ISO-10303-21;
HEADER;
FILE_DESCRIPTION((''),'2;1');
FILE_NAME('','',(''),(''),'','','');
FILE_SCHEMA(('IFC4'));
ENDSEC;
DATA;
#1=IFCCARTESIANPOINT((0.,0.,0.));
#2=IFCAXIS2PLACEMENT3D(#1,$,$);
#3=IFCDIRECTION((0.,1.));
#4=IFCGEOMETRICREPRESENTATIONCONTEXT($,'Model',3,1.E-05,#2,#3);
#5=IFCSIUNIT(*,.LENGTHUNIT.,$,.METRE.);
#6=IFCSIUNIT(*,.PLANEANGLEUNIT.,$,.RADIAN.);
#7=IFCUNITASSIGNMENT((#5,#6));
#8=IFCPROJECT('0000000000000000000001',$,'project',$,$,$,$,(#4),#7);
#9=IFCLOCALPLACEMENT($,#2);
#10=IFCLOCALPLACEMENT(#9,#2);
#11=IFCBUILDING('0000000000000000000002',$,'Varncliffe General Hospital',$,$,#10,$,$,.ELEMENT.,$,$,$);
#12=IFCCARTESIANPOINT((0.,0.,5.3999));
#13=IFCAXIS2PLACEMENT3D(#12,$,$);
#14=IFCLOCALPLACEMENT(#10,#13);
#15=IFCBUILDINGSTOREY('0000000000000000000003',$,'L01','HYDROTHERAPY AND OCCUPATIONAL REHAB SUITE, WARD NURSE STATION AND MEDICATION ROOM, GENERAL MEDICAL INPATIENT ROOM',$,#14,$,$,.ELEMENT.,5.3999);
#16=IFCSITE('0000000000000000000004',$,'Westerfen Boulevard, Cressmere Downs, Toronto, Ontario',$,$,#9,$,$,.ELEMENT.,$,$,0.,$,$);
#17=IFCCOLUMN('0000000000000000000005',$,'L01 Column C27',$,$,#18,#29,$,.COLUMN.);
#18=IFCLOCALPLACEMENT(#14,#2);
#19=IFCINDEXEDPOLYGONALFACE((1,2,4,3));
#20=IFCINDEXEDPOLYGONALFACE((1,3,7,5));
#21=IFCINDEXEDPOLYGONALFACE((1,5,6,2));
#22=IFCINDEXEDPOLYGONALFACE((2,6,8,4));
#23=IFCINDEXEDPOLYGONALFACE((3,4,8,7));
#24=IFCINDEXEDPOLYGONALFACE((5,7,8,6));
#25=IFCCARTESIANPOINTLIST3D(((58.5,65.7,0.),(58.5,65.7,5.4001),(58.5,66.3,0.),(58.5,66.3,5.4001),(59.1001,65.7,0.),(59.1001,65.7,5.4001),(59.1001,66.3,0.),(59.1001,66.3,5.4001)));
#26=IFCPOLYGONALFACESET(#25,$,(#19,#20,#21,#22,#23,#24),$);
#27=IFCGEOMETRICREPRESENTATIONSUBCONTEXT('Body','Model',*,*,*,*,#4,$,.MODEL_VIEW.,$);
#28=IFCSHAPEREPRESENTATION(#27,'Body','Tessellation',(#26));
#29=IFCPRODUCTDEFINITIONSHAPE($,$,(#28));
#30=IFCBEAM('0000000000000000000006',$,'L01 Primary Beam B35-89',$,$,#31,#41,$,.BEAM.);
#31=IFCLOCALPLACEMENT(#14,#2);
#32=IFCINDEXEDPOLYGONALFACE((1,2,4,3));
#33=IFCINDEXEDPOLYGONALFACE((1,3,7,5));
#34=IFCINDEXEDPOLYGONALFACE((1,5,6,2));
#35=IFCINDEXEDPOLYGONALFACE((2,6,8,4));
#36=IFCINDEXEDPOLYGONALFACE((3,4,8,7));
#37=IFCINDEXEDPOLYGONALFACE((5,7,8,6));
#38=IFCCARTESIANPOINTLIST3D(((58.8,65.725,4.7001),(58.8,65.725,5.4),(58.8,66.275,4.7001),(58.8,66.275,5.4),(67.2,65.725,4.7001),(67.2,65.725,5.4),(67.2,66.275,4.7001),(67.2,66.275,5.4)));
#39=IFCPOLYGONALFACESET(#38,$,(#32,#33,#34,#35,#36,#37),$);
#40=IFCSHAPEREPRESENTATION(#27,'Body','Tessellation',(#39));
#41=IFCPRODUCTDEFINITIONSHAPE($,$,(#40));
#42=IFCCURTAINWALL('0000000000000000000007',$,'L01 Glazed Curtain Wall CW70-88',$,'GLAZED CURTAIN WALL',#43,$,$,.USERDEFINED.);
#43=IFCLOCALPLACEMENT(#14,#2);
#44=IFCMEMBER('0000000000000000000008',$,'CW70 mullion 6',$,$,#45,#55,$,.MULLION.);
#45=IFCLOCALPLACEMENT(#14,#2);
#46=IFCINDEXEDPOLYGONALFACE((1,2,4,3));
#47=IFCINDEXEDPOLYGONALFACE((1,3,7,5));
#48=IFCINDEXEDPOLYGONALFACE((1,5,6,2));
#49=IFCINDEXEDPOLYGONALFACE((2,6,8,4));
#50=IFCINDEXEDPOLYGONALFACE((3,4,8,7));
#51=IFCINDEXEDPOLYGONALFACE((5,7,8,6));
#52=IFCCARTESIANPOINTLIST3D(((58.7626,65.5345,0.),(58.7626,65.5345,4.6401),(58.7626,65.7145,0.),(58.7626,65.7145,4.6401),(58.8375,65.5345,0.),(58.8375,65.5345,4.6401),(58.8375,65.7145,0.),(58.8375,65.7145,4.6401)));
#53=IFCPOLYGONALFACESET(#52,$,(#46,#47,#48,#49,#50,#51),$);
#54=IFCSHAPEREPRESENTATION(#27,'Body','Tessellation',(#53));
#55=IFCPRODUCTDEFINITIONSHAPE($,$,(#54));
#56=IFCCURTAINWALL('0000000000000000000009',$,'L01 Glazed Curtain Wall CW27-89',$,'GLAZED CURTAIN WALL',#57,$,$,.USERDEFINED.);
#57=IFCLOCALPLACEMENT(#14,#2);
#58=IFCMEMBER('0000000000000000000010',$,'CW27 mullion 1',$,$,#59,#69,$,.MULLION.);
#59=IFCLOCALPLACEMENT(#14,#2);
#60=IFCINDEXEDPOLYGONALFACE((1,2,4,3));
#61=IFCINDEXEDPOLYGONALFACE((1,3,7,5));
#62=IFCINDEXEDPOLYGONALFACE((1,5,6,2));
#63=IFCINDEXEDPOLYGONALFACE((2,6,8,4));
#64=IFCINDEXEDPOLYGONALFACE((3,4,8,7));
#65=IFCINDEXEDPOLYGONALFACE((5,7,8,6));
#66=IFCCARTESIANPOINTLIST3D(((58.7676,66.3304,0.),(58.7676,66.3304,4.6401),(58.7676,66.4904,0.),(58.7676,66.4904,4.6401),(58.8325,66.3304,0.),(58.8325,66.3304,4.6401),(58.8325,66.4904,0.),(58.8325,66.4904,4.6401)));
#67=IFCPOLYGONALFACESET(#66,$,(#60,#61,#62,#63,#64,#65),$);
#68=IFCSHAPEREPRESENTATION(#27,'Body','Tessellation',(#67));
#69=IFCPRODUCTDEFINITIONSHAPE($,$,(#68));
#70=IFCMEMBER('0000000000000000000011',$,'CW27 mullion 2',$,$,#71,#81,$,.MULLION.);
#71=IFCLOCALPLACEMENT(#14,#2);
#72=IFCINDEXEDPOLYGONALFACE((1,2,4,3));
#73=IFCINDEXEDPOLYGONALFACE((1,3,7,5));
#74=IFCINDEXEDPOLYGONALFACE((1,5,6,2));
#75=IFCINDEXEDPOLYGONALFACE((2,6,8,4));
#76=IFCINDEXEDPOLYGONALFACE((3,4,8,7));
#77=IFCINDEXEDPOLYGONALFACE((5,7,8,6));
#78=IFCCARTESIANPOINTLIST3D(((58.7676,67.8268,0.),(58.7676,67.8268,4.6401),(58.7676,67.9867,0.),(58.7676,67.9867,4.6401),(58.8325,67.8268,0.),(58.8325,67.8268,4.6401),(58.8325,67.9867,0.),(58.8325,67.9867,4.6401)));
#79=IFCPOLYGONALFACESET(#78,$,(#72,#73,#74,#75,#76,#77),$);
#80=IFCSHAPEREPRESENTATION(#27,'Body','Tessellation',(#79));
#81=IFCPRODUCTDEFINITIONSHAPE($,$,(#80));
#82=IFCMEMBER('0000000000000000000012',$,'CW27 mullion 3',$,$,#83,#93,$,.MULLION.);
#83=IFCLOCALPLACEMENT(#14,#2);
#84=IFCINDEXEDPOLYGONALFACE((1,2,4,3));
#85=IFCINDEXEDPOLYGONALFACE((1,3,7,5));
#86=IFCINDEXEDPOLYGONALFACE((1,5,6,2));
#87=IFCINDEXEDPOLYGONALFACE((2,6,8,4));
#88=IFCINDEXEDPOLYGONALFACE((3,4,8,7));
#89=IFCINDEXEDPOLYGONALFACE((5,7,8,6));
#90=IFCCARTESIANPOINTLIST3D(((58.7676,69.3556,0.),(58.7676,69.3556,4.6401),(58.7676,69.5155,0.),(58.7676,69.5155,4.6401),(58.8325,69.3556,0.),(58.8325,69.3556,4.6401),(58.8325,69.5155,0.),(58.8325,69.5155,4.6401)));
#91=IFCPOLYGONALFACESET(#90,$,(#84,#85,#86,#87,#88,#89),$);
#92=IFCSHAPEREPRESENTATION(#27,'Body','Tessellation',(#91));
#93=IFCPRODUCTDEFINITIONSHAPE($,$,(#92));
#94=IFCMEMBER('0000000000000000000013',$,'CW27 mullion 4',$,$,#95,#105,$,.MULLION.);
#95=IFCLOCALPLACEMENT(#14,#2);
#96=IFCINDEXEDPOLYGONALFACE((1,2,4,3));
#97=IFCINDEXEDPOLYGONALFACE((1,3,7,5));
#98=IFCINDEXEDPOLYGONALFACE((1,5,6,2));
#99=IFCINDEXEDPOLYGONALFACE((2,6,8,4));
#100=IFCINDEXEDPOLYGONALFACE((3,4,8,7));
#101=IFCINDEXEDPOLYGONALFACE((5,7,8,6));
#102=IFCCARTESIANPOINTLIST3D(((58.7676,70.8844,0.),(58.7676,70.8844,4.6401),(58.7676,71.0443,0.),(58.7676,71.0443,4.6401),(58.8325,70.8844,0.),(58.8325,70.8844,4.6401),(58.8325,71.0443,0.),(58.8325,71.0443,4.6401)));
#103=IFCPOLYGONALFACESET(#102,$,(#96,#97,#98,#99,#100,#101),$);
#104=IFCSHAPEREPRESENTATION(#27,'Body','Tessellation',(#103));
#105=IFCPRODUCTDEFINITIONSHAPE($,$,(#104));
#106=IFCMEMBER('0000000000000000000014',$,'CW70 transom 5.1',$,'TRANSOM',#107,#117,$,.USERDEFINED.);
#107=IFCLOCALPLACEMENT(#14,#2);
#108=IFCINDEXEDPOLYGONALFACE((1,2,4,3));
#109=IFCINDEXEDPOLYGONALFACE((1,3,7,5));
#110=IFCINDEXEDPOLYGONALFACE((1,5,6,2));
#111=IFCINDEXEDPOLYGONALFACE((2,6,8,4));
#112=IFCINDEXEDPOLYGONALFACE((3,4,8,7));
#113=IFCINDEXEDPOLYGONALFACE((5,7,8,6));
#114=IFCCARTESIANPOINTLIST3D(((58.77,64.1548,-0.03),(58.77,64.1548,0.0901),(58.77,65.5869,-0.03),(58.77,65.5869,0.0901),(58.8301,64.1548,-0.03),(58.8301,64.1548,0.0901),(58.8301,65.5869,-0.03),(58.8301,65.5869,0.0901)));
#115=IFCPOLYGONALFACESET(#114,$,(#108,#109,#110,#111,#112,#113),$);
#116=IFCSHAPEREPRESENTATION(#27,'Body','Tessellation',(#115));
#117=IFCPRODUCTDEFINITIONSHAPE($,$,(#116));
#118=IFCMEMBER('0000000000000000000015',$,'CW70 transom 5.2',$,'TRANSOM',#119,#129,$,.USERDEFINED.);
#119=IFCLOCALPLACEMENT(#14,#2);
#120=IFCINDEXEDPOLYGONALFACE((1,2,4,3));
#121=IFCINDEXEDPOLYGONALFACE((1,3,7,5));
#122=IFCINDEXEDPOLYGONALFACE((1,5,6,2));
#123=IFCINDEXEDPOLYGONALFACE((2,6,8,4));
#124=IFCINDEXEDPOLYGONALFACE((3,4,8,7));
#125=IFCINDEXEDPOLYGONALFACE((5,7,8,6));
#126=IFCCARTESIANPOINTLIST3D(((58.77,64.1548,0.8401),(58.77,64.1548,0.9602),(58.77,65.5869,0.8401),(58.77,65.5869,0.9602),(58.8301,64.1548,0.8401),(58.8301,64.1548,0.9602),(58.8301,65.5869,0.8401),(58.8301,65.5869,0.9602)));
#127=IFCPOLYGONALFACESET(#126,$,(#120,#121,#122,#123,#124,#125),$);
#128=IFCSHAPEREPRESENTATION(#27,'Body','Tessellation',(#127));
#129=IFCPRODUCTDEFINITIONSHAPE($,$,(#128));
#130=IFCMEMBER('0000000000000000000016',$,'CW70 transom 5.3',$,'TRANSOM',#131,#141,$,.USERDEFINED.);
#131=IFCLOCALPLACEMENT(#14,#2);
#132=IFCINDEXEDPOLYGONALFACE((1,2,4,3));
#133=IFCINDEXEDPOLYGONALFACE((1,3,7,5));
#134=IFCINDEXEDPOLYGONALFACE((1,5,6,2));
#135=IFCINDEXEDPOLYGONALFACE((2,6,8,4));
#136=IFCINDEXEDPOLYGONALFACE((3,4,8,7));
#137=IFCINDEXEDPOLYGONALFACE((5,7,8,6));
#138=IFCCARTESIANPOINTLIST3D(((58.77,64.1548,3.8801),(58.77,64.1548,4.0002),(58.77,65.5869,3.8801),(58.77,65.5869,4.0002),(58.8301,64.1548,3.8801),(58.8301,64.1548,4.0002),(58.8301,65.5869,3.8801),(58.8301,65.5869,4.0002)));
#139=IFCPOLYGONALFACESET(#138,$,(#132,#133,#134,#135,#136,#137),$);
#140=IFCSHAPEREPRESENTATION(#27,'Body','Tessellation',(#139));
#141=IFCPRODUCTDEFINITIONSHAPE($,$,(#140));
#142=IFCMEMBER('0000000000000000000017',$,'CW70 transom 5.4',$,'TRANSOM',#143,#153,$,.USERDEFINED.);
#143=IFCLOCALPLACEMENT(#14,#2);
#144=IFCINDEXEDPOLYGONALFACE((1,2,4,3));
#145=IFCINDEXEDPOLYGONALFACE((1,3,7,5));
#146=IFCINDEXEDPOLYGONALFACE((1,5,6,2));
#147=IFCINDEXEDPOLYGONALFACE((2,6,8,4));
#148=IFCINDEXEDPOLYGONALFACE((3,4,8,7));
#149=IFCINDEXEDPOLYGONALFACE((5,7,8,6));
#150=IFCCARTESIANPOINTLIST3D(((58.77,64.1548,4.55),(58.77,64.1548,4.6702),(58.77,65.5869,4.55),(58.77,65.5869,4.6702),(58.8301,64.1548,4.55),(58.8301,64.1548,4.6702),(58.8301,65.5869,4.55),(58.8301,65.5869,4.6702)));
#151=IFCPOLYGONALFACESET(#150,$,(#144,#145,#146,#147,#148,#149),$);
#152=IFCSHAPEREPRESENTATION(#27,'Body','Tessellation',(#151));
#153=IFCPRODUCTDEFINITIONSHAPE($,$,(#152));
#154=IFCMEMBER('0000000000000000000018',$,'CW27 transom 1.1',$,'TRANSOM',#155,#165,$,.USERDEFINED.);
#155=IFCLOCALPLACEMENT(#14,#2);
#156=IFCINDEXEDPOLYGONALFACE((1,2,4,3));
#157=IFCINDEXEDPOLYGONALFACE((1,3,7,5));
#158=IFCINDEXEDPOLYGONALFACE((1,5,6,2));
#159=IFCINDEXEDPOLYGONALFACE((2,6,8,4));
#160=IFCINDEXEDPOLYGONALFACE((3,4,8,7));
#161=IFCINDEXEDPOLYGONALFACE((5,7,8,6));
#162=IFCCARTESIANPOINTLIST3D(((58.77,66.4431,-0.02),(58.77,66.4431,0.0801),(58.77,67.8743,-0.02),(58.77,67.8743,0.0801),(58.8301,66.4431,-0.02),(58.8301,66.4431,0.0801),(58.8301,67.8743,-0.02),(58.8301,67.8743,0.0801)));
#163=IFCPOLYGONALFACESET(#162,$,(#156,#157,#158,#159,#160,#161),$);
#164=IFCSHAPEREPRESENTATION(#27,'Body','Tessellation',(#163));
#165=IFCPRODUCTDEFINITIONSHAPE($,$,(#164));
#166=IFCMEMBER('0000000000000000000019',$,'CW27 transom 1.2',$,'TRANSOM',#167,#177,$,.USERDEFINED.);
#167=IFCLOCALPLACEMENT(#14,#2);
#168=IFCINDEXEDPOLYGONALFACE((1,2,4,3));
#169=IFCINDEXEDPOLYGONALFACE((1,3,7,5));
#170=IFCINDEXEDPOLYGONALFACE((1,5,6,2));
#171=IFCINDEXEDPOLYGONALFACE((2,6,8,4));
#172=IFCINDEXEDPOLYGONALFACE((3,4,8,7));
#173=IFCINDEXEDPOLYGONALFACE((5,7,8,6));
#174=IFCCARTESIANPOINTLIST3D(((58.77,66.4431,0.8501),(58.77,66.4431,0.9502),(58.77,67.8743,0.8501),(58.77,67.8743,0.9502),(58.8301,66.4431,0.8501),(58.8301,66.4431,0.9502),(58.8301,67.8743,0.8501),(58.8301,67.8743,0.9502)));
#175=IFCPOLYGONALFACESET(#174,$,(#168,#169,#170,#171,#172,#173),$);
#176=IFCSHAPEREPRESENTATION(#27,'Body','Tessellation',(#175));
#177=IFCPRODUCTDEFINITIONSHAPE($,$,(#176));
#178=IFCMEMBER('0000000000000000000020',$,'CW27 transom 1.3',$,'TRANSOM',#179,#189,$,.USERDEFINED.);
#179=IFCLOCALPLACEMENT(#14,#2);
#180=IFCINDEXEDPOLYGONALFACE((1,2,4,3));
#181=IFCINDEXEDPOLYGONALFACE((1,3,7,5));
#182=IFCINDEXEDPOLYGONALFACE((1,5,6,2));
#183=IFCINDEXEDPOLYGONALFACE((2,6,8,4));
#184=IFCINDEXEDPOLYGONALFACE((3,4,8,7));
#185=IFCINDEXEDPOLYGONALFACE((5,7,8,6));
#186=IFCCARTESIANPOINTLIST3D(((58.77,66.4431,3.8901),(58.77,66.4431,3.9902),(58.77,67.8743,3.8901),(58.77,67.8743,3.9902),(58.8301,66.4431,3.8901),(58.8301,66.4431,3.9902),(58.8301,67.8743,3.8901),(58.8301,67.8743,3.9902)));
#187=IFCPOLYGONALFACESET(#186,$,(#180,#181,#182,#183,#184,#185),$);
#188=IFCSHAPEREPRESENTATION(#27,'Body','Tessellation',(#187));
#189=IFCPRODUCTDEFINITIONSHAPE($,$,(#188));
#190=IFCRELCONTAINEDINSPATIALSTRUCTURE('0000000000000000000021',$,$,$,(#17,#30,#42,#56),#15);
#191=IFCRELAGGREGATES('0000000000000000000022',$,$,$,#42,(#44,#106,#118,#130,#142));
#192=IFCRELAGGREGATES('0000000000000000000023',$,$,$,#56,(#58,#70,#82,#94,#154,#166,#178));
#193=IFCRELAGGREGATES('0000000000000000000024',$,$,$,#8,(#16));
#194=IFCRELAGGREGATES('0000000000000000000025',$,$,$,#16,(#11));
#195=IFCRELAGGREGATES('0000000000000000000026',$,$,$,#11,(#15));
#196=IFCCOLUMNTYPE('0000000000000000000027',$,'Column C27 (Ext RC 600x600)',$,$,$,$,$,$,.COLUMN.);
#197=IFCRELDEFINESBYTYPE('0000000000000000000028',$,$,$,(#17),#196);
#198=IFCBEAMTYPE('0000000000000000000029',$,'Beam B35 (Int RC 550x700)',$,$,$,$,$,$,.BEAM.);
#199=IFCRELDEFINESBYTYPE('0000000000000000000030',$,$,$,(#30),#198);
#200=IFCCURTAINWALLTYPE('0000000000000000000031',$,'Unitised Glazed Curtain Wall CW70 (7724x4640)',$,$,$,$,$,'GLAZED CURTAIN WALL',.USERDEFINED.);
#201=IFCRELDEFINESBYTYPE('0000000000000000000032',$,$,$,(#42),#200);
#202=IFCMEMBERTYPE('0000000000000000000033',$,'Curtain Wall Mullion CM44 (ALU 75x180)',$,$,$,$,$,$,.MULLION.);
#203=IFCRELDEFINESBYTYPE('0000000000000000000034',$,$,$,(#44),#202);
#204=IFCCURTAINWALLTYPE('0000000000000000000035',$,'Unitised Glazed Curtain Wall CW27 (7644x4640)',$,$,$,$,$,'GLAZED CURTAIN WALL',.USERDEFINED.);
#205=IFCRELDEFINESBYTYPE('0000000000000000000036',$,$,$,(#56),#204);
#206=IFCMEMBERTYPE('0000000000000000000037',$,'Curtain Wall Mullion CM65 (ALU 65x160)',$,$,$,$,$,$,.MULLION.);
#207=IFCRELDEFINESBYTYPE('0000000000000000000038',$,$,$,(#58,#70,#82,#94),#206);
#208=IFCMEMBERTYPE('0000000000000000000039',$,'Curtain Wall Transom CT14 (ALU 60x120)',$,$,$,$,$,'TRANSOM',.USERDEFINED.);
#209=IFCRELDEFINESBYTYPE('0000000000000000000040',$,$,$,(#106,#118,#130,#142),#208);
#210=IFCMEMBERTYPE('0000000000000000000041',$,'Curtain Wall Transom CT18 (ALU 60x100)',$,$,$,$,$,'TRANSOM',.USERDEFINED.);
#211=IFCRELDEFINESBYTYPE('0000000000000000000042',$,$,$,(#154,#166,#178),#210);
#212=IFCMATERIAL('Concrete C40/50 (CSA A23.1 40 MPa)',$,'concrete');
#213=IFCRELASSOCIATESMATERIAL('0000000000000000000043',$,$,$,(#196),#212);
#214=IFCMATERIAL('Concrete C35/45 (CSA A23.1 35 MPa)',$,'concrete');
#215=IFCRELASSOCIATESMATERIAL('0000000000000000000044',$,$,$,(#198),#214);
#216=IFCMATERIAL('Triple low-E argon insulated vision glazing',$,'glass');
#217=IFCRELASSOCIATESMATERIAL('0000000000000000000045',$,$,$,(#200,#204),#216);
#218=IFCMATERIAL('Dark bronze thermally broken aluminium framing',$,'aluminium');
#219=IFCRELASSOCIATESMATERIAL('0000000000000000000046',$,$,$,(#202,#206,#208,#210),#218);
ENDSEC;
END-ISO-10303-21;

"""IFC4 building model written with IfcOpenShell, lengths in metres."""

from ifc_helpers import new_model, si_unit, direction, frame, origin, origin_2d, place, context, subcontext, project, spatial, rectangle, extrude, material, material_profile, profile_set, type_object, element, aggregate, save


model = new_model("IFC4")

# Units and contexts
model_context = context("Model", 3, precision=1e-05, world=origin(), true_north=direction((0.0, 1.0)))
body_context = subcontext(model_context, "Body", "Model", "MODEL_VIEW")
ifc_project = project(units=[si_unit("LENGTHUNIT", "METRE"), si_unit("PLANEANGLEUNIT", "RADIAN")], contexts=[model_context])

# Site, building, storey
site_placement = place(None, origin())
site = spatial("IfcSite", under=ifc_project, at=site_placement, Name="Westerfen Boulevard, Cressmere Downs, Toronto, Ontario", CompositionType="ELEMENT", RefElevation=0.0)
building_placement = place(site_placement, origin())
building = spatial("IfcBuilding", under=site, at=building_placement, Name="Varncliffe General Hospital", CompositionType="ELEMENT")
storey_placement = place(building_placement, frame((0.0, 0.0, 5.3999)))
storey = spatial("IfcBuildingStorey", under=building, at=storey_placement, Name="L01", Description="HYDROTHERAPY AND OCCUPATIONAL REHAB SUITE, WARD NURSE STATION AND MEDICATION ROOM, GENERAL MEDICAL INPATIENT ROOM", CompositionType="ELEMENT", Elevation=5.3999)

# Column
ifc_material_1 = material(Name="Concrete C40/50 (CSA A23.1 40 MPa)", Category="concrete")
ifc_material_profile_1 = material_profile(ifc_material_1, rectangle(XDim=0.6001, YDim=0.6001, at=origin_2d()), Name="RC 600x600")
ifc_profile_set_1 = profile_set([ifc_material_profile_1], Name="Concrete C40/50 (CSA A23.1 40 MPa)")
column_type = type_object("IfcColumnType", Name="Column C27 (Ext RC 600x600)", PredefinedType="COLUMN", material=ifc_profile_set_1)
column_placement = place(storey_placement, frame((58.8, 66.0, 0.0), z_axis=(0.0, 0.0, 1.0), x_axis=(1.0, 0.0, 0.0)))
element("IfcColumn", 1, at=column_placement, inside=storey, type_object=column_type, Name="L01 Column C27", PredefinedType="COLUMN", context=body_context, shape_type="SweptSolid", body=[
    extrude(rectangle(XDim=0.6001, YDim=0.6001, at=origin_2d()), origin(), (0.0, 0.0, 1.0), 5.4001),
])

# Beam
ifc_material_2 = material(Name="Concrete C35/45 (CSA A23.1 35 MPa)", Category="concrete")
ifc_material_profile_2 = material_profile(ifc_material_2, rectangle(XDim=0.55, YDim=0.7, at=origin_2d()), Name="RC 550x700")
ifc_profile_set_2 = profile_set([ifc_material_profile_2], Name="Concrete C35/45 (CSA A23.1 35 MPa)")
beam_type_1 = type_object("IfcBeamType", Name="Beam B35 (Int RC 550x700)", PredefinedType="BEAM", material=ifc_profile_set_2)
beam_1_placement = place(storey_placement, frame((58.8, 66.0, 5.05), z_axis=(1.0, 0.0, 0.0), x_axis=(0.0, 1.0, 0.0)))
element("IfcBeam", 2, at=beam_1_placement, inside=storey, type_object=beam_type_1, Name="L01 Primary Beam B35-89", PredefinedType="BEAM", context=body_context, shape_type="SweptSolid", body=[
    extrude(rectangle(XDim=0.55, YDim=0.7, at=origin_2d()), origin(), (0.0, 0.0, 1.0), 8.3999),
])

# Curtain wall, member
ifc_material_3 = material(Name="Triple low-E argon insulated vision glazing", Category="glass")
curtain_wall_type_1 = type_object("IfcCurtainWallType", Name="Unitised Glazed Curtain Wall CW70 (7724x4640)", ElementType="GLAZED CURTAIN WALL", PredefinedType="USERDEFINED", material=ifc_material_3)
curtain_wall_1_placement = place(storey_placement, origin())
curtain_wall_1 = element("IfcCurtainWall", 3, at=curtain_wall_1_placement, inside=storey, type_object=curtain_wall_type_1, Name="L01 Glazed Curtain Wall CW70-88", ObjectType="GLAZED CURTAIN WALL", PredefinedType="USERDEFINED")
ifc_material_4 = material(Name="Dark bronze thermally broken aluminium framing", Category="aluminium")
ifc_material_profile_3 = material_profile(ifc_material_4, rectangle(XDim=0.075, YDim=0.1799, at=origin_2d()), Name="ALU 75x180")
ifc_profile_set_3 = profile_set([ifc_material_profile_3], Name="Dark bronze thermally broken aluminium framing")
member_type_1 = type_object("IfcMemberType", Name="Curtain Wall Mullion CM44 (ALU 75x180)", PredefinedType="MULLION", material=ifc_profile_set_3)
member_1_placement = place(storey_placement, frame((58.8, 65.6245, 0.0), z_axis=(0.0, 0.0, 1.0), x_axis=(-1.0, 0.0, 0.0)))
member_1 = element("IfcMember", 4, at=member_1_placement, type_object=member_type_1, Name="CW70 mullion 6", PredefinedType="MULLION", context=body_context, shape_type="SweptSolid", body=[
    extrude(rectangle(XDim=0.075, YDim=0.1799, at=origin_2d()), origin(), (0.0, 0.0, 1.0), 4.6401),
])

# Curtain wall, members
curtain_wall_type_2 = type_object("IfcCurtainWallType", Name="Unitised Glazed Curtain Wall CW27 (7644x4640)", ElementType="GLAZED CURTAIN WALL", PredefinedType="USERDEFINED", material=ifc_material_3)
curtain_wall_2_placement = place(storey_placement, origin())
curtain_wall_2 = element("IfcCurtainWall", 5, at=curtain_wall_2_placement, inside=storey, type_object=curtain_wall_type_2, Name="L01 Glazed Curtain Wall CW27-89", ObjectType="GLAZED CURTAIN WALL", PredefinedType="USERDEFINED")
ifc_material_profile_4 = material_profile(ifc_material_4, rectangle(XDim=0.0649, YDim=0.1599, at=origin_2d()), Name="ALU 65x160")
ifc_profile_set_4 = profile_set([ifc_material_profile_4], Name="Dark bronze thermally broken aluminium framing")
member_type_2 = type_object("IfcMemberType", Name="Curtain Wall Mullion CM65 (ALU 65x160)", PredefinedType="MULLION", material=ifc_profile_set_4)
member_2_placement = place(storey_placement, frame((58.8, 66.4104, 0.0), z_axis=(0.0, 0.0, 1.0), x_axis=(-1.0, 0.0, 0.0)))
member_2 = element("IfcMember", 6, at=member_2_placement, type_object=member_type_2, Name="CW27 mullion 1", PredefinedType="MULLION", context=body_context, shape_type="SweptSolid", body=[
    extrude(rectangle(XDim=0.0649, YDim=0.1599, at=origin_2d()), origin(), (0.0, 0.0, 1.0), 4.6401),
])
member_3_placement = place(storey_placement, frame((58.8, 67.9067, 0.0), z_axis=(0.0, 0.0, 1.0), x_axis=(-1.0, 0.0, 0.0)))
member_3 = element("IfcMember", 7, at=member_3_placement, type_object=member_type_2, Name="CW27 mullion 2", PredefinedType="MULLION", context=body_context, shape_type="SweptSolid", body=[
    extrude(rectangle(XDim=0.0649, YDim=0.1599, at=origin_2d()), origin(), (0.0, 0.0, 1.0), 4.6401),
])
member_4_placement = place(storey_placement, frame((58.8, 69.4355, 0.0), z_axis=(0.0, 0.0, 1.0), x_axis=(-1.0, 0.0, 0.0)))
member_4 = element("IfcMember", 8, at=member_4_placement, type_object=member_type_2, Name="CW27 mullion 3", PredefinedType="MULLION", context=body_context, shape_type="SweptSolid", body=[
    extrude(rectangle(XDim=0.0649, YDim=0.1599, at=origin_2d()), origin(), (0.0, 0.0, 1.0), 4.6401),
])
member_5_placement = place(storey_placement, frame((58.8, 70.9644, 0.0), z_axis=(0.0, 0.0, 1.0), x_axis=(-1.0, 0.0, 0.0)))
member_5 = element("IfcMember", 9, at=member_5_placement, type_object=member_type_2, Name="CW27 mullion 4", PredefinedType="MULLION", context=body_context, shape_type="SweptSolid", body=[
    extrude(rectangle(XDim=0.0649, YDim=0.1599, at=origin_2d()), origin(), (0.0, 0.0, 1.0), 4.6401),
])

# Members
ifc_material_profile_5 = material_profile(ifc_material_4, rectangle(XDim=0.0601, YDim=0.1201, at=origin_2d()), Name="ALU 60x120")
ifc_profile_set_5 = profile_set([ifc_material_profile_5], Name="Dark bronze thermally broken aluminium framing")
member_type_3 = type_object("IfcMemberType", Name="Curtain Wall Transom CT14 (ALU 60x120)", ElementType="TRANSOM", PredefinedType="USERDEFINED", material=ifc_profile_set_5)
member_6_placement = place(storey_placement, frame((58.8, 64.1548, 0.03), z_axis=(0.0, 1.0, 0.0), x_axis=(-1.0, 0.0, 0.0)))
member_6 = element("IfcMember", 10, at=member_6_placement, type_object=member_type_3, Name="CW70 transom 5.1", ObjectType="TRANSOM", PredefinedType="USERDEFINED", context=body_context, shape_type="SweptSolid", body=[
    extrude(rectangle(XDim=0.0601, YDim=0.1201, at=origin_2d()), origin(), (0.0, 0.0, 1.0), 1.4321),
])
member_7_placement = place(storey_placement, frame((58.8, 64.1548, 0.9001), z_axis=(0.0, 1.0, 0.0), x_axis=(-1.0, 0.0, 0.0)))
member_7 = element("IfcMember", 11, at=member_7_placement, type_object=member_type_3, Name="CW70 transom 5.2", ObjectType="TRANSOM", PredefinedType="USERDEFINED", context=body_context, shape_type="SweptSolid", body=[
    extrude(rectangle(XDim=0.0601, YDim=0.1201, at=origin_2d()), origin(), (0.0, 0.0, 1.0), 1.4321),
])
member_8_placement = place(storey_placement, frame((58.8, 64.1548, 3.9402), z_axis=(0.0, 1.0, 0.0), x_axis=(-1.0, 0.0, 0.0)))
member_8 = element("IfcMember", 12, at=member_8_placement, type_object=member_type_3, Name="CW70 transom 5.3", ObjectType="TRANSOM", PredefinedType="USERDEFINED", context=body_context, shape_type="SweptSolid", body=[
    extrude(rectangle(XDim=0.0601, YDim=0.1201, at=origin_2d()), origin(), (0.0, 0.0, 1.0), 1.4321),
])
member_9_placement = place(storey_placement, frame((58.8, 64.1548, 4.6101), z_axis=(0.0, 1.0, 0.0), x_axis=(-1.0, 0.0, 0.0)))
member_9 = element("IfcMember", 13, at=member_9_placement, type_object=member_type_3, Name="CW70 transom 5.4", ObjectType="TRANSOM", PredefinedType="USERDEFINED", context=body_context, shape_type="SweptSolid", body=[
    extrude(rectangle(XDim=0.0601, YDim=0.1201, at=origin_2d()), origin(), (0.0, 0.0, 1.0), 1.4321),
])
ifc_material_profile_6 = material_profile(ifc_material_4, rectangle(XDim=0.0601, YDim=0.1001, at=origin_2d()), Name="ALU 60x100")
ifc_profile_set_6 = profile_set([ifc_material_profile_6], Name="Dark bronze thermally broken aluminium framing")
member_type_4 = type_object("IfcMemberType", Name="Curtain Wall Transom CT18 (ALU 60x100)", ElementType="TRANSOM", PredefinedType="USERDEFINED", material=ifc_profile_set_6)
member_10_placement = place(storey_placement, frame((58.8, 66.4431, 0.03), z_axis=(0.0, 1.0, 0.0), x_axis=(-1.0, 0.0, 0.0)))
member_10 = element("IfcMember", 14, at=member_10_placement, type_object=member_type_4, Name="CW27 transom 1.1", ObjectType="TRANSOM", PredefinedType="USERDEFINED", context=body_context, shape_type="SweptSolid", body=[
    extrude(rectangle(XDim=0.0601, YDim=0.1001, at=origin_2d()), origin(), (0.0, 0.0, 1.0), 1.4312),
])
member_11_placement = place(storey_placement, frame((58.8, 66.4431, 0.9001), z_axis=(0.0, 1.0, 0.0), x_axis=(-1.0, 0.0, 0.0)))
member_11 = element("IfcMember", 15, at=member_11_placement, type_object=member_type_4, Name="CW27 transom 1.2", ObjectType="TRANSOM", PredefinedType="USERDEFINED", context=body_context, shape_type="SweptSolid", body=[
    extrude(rectangle(XDim=0.0601, YDim=0.1001, at=origin_2d()), origin(), (0.0, 0.0, 1.0), 1.4312),
])
member_12_placement = place(storey_placement, frame((58.8, 66.4431, 3.9402), z_axis=(0.0, 1.0, 0.0), x_axis=(-1.0, 0.0, 0.0)))
member_12 = element("IfcMember", 16, at=member_12_placement, type_object=member_type_4, Name="CW27 transom 1.3", ObjectType="TRANSOM", PredefinedType="USERDEFINED", context=body_context, shape_type="SweptSolid", body=[
    extrude(rectangle(XDim=0.0601, YDim=0.1001, at=origin_2d()), origin(), (0.0, 0.0, 1.0), 1.4312),
])

aggregate(curtain_wall_1, [member_1, member_6, member_7, member_8, member_9])
aggregate(curtain_wall_2, [member_2, member_3, member_4, member_5, member_10, member_11, member_12])

save(model, "model.ifc")
